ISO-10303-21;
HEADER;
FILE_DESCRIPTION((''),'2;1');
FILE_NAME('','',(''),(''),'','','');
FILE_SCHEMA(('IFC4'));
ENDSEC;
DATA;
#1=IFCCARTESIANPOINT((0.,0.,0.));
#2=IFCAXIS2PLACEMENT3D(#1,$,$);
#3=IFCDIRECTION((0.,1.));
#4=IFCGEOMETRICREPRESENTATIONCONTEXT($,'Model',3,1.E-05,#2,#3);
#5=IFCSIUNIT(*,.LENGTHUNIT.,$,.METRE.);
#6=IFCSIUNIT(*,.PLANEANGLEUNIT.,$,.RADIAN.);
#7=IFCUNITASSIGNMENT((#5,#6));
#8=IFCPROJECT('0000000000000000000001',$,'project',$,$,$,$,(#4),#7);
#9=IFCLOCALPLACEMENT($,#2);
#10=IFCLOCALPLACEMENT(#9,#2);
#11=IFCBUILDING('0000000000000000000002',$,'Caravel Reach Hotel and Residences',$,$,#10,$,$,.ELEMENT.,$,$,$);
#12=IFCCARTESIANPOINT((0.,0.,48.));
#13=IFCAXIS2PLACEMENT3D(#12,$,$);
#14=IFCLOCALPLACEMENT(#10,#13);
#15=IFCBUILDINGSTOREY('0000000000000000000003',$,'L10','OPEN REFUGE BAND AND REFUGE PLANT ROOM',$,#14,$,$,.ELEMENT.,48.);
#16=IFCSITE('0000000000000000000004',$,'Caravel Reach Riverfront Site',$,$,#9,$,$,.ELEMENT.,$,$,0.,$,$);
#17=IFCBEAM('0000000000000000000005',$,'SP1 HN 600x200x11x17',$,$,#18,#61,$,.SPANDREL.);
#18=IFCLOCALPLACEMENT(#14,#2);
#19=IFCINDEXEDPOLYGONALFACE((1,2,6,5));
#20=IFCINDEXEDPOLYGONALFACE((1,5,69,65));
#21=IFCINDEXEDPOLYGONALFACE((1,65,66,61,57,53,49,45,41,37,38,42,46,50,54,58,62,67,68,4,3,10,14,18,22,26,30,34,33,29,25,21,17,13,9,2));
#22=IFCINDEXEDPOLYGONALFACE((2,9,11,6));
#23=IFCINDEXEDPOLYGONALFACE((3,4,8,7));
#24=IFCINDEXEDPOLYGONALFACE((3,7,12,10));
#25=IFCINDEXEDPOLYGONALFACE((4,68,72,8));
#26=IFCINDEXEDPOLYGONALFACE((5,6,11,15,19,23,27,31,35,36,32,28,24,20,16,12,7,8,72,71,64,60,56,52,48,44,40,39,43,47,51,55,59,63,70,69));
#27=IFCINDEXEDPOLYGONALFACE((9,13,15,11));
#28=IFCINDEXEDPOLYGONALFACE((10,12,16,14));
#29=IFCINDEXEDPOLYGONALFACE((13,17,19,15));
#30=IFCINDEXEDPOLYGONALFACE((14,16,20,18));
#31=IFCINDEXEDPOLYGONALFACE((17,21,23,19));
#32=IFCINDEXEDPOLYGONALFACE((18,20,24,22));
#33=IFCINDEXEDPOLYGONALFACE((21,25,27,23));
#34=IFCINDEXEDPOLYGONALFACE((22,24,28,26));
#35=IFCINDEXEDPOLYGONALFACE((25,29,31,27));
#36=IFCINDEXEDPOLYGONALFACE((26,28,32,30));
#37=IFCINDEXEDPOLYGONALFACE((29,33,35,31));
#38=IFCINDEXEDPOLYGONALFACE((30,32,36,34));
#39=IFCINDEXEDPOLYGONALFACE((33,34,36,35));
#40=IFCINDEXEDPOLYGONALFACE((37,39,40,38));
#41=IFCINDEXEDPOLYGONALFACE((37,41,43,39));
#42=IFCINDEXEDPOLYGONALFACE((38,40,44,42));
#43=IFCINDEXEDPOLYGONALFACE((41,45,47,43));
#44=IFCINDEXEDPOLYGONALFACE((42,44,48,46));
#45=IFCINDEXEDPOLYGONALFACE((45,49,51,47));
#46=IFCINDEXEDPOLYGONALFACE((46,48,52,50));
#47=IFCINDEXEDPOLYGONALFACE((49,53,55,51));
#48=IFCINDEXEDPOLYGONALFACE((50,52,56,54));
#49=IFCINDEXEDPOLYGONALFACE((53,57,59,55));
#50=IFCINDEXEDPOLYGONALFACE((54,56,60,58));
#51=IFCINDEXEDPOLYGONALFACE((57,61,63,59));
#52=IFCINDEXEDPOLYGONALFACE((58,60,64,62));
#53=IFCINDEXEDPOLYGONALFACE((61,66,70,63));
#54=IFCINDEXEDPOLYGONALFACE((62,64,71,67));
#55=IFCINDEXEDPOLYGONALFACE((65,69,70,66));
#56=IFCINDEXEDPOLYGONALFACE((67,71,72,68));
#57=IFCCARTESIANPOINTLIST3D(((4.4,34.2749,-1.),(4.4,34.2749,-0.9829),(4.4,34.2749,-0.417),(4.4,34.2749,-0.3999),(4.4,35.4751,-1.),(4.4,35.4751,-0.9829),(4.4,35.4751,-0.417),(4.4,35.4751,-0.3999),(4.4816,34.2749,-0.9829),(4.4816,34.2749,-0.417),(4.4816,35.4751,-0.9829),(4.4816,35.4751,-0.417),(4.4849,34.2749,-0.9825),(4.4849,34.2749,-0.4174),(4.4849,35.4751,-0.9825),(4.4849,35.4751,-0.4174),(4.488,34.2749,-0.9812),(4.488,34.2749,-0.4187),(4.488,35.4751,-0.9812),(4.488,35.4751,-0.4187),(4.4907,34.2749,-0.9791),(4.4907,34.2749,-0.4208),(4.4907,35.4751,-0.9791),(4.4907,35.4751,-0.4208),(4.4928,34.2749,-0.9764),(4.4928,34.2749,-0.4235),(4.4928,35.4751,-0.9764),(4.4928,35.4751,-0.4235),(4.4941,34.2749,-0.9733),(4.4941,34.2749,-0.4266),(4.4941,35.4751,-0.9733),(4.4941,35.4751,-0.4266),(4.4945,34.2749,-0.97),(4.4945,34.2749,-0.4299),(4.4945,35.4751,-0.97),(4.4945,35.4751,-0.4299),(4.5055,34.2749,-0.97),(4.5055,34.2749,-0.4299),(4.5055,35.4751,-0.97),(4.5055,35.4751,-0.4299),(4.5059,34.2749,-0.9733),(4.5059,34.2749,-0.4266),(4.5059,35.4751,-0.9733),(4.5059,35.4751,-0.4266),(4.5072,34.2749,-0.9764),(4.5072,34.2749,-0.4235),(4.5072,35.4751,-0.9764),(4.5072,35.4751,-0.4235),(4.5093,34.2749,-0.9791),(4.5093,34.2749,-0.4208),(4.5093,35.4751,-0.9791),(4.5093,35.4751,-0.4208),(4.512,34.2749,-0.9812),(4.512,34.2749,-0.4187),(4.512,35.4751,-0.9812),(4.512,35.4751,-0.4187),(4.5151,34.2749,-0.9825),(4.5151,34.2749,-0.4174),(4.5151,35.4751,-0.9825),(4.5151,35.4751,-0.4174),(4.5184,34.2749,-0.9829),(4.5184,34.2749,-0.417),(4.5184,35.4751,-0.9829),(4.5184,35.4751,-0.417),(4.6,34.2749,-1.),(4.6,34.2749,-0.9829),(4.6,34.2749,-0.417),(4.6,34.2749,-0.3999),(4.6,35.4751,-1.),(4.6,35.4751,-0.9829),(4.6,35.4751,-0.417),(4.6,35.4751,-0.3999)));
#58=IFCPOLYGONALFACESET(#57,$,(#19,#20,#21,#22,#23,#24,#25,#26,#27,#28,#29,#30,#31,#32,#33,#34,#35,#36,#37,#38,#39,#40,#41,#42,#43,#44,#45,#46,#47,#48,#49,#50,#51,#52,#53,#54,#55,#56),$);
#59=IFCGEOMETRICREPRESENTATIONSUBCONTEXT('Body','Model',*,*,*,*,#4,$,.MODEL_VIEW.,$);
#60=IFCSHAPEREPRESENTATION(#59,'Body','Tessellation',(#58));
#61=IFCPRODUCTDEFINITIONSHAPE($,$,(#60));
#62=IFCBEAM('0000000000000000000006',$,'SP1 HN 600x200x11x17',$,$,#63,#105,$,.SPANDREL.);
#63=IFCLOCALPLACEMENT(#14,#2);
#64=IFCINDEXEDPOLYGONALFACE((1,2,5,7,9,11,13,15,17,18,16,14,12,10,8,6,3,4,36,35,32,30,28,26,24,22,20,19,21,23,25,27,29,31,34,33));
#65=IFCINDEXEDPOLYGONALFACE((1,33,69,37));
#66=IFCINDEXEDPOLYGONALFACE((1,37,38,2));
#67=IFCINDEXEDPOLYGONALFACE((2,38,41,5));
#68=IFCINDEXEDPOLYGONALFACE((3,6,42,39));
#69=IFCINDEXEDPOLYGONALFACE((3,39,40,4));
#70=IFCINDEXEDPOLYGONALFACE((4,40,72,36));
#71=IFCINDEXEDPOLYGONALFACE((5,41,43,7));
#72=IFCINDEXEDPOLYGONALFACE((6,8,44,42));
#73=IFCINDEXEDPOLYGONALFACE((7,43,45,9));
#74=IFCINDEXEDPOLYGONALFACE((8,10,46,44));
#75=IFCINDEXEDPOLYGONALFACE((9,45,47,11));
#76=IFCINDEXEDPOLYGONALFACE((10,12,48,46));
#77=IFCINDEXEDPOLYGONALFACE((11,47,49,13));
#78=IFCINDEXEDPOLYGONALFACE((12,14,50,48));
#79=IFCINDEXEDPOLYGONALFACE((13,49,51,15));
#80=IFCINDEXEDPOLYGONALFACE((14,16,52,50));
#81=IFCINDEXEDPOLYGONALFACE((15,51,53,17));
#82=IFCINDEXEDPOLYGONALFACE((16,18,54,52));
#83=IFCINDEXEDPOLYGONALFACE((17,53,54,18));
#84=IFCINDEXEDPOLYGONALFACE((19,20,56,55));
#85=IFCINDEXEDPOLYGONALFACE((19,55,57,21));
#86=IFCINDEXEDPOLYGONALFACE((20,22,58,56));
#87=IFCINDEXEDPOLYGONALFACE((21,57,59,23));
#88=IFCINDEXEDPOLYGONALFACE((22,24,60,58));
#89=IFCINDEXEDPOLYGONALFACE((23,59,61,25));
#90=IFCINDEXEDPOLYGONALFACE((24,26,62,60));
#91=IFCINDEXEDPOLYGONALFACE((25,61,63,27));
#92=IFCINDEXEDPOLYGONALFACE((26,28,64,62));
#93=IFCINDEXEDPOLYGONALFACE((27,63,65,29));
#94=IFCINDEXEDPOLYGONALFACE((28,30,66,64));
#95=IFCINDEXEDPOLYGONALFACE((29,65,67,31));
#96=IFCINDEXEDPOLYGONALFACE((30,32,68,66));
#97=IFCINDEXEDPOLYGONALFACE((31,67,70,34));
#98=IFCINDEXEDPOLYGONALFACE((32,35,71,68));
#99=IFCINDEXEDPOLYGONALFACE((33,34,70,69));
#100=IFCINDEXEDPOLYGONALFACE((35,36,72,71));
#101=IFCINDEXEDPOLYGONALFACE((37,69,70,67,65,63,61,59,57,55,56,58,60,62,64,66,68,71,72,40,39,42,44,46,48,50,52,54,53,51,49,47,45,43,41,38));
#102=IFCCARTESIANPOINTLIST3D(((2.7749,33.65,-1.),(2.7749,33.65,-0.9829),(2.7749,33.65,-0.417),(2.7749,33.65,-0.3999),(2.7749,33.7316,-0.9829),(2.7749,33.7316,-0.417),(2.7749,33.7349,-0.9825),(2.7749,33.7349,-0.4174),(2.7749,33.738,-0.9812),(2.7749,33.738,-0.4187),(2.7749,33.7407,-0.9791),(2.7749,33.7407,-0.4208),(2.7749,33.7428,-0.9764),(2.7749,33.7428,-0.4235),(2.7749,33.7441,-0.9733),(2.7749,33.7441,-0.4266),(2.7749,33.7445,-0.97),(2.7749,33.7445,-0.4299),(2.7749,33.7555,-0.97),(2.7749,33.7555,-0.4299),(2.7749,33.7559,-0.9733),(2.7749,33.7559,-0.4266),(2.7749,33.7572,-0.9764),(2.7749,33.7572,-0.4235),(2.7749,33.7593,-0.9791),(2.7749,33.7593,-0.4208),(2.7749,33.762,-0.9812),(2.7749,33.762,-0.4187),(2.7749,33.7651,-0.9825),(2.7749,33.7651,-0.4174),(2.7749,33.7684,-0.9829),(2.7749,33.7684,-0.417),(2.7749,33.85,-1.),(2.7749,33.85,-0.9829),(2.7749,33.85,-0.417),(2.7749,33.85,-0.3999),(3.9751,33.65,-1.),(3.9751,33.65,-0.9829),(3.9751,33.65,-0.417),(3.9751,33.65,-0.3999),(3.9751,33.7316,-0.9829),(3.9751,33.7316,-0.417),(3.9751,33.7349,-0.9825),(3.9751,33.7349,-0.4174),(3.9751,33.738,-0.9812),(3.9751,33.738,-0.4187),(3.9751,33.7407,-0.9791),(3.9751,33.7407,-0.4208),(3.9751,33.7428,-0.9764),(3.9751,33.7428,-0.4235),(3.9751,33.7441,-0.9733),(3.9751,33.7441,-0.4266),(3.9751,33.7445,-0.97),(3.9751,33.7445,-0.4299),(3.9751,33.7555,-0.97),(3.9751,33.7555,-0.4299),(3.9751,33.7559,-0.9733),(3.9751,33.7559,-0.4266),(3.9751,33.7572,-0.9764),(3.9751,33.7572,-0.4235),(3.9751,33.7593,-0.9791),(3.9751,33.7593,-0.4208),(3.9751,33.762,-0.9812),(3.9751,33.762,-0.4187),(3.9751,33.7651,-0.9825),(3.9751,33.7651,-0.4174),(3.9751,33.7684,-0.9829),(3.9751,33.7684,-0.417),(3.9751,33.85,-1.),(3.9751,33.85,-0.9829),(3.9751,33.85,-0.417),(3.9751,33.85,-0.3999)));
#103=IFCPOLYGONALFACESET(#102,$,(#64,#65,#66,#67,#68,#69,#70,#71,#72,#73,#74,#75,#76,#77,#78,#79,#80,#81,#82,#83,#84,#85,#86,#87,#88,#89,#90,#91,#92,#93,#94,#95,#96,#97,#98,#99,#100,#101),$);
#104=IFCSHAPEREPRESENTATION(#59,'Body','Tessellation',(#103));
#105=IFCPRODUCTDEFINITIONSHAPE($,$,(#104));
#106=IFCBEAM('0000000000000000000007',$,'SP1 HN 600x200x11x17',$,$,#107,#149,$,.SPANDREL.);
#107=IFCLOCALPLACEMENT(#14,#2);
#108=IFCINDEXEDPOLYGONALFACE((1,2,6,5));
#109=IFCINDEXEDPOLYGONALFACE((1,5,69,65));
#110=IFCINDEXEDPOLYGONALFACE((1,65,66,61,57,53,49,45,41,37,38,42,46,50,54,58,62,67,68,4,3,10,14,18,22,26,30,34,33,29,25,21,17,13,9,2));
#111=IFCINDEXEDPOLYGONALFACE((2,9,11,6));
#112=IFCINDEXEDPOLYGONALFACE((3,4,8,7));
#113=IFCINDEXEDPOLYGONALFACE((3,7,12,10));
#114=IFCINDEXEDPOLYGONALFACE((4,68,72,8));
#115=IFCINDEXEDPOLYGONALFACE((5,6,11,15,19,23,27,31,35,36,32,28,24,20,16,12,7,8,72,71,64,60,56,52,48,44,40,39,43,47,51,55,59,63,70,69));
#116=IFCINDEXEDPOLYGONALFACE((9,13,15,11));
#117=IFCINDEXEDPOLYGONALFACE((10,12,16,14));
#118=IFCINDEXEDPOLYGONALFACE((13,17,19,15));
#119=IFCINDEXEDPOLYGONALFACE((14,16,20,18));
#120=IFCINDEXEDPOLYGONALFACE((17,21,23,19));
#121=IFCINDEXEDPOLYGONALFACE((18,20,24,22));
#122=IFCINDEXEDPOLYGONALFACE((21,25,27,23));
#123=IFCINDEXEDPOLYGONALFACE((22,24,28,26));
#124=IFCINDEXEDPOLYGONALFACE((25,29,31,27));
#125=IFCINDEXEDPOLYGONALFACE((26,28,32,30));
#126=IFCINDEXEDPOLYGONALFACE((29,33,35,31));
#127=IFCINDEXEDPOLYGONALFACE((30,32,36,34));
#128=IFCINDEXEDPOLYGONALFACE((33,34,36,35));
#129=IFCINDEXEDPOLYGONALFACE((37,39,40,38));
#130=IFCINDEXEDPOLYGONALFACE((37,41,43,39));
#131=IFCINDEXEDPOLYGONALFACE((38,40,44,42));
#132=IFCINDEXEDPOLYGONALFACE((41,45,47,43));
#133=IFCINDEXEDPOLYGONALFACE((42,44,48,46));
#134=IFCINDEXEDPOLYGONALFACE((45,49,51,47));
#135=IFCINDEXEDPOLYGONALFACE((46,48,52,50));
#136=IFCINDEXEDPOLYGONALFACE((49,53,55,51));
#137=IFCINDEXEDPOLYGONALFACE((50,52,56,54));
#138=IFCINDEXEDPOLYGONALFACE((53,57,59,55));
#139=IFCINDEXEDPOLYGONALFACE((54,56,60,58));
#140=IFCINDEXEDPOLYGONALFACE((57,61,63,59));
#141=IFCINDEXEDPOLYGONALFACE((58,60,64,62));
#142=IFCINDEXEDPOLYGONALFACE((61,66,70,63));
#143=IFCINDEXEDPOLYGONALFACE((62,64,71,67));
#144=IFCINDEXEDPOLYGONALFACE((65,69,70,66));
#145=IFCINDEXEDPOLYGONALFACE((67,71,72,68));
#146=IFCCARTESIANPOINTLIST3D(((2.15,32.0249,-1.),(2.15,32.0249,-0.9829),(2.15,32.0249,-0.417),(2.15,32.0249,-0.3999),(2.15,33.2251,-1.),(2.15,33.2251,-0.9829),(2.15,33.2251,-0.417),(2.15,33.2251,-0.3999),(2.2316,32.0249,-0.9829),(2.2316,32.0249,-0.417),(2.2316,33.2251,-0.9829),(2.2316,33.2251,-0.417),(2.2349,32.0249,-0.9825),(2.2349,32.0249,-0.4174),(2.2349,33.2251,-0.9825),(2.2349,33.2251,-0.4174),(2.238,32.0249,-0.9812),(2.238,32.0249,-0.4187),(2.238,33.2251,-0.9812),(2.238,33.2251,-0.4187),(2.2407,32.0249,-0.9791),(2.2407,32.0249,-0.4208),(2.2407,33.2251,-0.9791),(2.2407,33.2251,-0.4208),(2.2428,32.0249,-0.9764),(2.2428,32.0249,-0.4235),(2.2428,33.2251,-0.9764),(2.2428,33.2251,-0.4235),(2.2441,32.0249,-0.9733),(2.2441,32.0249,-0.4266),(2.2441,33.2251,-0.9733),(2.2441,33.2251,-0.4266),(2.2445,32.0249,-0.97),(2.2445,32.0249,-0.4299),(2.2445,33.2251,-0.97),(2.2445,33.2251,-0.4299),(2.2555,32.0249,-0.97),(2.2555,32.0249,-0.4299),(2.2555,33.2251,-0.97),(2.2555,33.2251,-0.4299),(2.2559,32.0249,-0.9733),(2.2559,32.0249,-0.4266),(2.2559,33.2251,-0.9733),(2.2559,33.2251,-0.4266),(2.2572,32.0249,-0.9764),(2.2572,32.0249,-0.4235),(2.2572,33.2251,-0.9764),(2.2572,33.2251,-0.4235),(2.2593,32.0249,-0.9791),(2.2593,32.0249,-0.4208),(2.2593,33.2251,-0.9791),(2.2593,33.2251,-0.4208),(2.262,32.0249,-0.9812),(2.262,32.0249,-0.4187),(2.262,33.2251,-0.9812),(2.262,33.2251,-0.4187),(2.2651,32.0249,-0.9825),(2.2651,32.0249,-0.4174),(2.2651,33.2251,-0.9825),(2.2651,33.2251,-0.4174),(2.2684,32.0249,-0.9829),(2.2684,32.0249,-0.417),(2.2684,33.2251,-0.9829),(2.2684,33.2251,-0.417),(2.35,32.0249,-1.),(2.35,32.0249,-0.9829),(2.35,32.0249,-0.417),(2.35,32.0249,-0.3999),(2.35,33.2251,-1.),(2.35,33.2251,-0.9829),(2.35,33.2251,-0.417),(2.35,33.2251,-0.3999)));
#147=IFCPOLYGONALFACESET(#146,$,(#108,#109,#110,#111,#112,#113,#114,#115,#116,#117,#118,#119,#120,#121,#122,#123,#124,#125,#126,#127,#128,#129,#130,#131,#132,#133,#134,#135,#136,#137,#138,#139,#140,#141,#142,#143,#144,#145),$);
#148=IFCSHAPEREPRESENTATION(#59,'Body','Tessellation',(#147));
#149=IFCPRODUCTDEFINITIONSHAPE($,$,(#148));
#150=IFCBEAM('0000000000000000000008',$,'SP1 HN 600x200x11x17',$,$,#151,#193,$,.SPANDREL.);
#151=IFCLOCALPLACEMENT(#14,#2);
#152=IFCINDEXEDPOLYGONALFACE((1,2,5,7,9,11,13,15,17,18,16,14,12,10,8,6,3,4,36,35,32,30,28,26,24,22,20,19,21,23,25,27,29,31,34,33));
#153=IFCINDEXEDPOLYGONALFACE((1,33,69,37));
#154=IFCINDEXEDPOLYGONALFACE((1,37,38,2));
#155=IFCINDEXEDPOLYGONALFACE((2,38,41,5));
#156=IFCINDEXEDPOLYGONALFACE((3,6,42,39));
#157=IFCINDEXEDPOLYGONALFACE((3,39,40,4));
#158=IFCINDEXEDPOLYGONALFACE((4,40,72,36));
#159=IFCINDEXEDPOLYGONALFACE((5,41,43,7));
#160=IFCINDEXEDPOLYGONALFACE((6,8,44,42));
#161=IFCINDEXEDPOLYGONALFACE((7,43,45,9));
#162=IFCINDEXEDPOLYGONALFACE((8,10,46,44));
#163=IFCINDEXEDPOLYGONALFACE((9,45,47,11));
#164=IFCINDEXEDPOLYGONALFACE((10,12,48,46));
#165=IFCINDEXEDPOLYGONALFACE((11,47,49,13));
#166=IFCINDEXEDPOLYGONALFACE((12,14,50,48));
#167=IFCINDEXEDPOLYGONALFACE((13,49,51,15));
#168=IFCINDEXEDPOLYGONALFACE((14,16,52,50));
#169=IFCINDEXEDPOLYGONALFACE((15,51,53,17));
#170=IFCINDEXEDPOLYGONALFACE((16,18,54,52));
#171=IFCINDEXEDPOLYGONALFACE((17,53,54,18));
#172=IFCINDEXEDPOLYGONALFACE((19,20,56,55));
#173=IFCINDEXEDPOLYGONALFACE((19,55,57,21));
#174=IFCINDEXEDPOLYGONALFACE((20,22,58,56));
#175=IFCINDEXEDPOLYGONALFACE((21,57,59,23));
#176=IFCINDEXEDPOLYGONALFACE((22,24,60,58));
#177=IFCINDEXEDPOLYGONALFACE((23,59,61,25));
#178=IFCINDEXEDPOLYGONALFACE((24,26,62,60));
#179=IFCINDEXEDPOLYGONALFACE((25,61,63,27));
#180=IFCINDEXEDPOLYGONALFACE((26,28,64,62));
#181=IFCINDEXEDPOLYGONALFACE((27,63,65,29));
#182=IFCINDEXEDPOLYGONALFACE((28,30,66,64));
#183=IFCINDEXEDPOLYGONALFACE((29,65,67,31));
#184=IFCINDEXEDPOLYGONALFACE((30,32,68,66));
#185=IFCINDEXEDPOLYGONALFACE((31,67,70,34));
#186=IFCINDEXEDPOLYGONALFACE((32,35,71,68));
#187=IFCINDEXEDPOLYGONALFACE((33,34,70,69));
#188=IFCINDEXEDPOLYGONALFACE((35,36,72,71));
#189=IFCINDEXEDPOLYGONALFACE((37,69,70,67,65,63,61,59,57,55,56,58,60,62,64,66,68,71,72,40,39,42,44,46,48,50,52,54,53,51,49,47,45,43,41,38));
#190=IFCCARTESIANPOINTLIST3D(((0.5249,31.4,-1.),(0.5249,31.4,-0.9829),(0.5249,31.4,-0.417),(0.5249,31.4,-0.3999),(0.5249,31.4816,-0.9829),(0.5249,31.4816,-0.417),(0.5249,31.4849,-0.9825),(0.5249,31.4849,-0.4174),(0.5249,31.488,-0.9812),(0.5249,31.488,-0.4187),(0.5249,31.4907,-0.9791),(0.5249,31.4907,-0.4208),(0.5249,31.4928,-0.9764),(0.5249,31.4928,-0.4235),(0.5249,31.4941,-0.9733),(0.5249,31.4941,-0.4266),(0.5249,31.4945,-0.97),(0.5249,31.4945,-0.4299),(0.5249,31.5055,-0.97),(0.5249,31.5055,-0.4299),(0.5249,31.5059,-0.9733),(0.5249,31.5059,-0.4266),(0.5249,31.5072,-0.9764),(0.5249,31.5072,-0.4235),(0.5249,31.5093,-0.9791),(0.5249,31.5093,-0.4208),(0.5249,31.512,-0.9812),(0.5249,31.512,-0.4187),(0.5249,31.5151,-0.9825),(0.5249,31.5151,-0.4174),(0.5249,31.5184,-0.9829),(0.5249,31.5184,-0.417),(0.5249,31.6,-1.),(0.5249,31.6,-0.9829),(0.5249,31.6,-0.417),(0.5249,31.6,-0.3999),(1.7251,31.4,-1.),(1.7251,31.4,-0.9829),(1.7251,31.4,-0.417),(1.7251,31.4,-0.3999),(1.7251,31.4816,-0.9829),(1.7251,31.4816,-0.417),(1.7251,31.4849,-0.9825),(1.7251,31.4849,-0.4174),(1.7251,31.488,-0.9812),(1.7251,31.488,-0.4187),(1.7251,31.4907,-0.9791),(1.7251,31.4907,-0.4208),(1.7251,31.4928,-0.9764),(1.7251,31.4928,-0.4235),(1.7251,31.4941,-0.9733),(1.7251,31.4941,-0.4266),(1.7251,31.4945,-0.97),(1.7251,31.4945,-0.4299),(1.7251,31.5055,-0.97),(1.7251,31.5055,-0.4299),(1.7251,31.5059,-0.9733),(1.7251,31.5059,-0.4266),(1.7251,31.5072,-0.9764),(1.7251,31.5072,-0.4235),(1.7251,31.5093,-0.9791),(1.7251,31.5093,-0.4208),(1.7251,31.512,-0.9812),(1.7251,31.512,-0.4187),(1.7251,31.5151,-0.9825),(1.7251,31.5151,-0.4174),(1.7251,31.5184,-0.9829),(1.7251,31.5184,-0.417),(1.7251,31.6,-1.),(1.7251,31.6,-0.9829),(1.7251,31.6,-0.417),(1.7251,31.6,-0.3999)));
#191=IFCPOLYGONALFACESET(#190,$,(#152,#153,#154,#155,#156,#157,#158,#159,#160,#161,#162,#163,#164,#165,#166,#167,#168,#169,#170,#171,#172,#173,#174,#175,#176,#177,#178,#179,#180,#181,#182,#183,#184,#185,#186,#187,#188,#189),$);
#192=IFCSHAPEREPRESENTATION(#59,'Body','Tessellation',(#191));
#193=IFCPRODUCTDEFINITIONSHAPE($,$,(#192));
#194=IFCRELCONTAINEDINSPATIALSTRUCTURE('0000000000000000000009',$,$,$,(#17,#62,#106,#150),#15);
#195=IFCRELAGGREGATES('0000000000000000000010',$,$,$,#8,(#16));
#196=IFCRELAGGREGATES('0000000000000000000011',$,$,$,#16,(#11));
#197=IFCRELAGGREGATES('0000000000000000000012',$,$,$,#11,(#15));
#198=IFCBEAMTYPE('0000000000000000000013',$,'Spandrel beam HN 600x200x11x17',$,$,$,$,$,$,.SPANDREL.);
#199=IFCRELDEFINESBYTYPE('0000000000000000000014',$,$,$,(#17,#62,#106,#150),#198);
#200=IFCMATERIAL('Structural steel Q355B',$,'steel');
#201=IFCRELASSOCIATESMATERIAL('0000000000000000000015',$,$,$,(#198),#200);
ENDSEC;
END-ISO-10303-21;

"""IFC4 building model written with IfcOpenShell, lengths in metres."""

from ifc_helpers import new_model, si_unit, direction, frame, origin, origin_2d, place, context, subcontext, project, spatial, i_section, extrude, material, material_profile, profile_set, type_object, element, save


model = new_model("IFC4")

# Units and contexts
model_context = context("Model", 3, precision=1e-05, world=origin(), true_north=direction((0.0, 1.0)))
body_context = subcontext(model_context, "Body", "Model", "MODEL_VIEW")
ifc_project = project(units=[si_unit("LENGTHUNIT", "METRE"), si_unit("PLANEANGLEUNIT", "RADIAN")], contexts=[model_context])

# Site, building, storey
site_placement = place(None, origin())
site = spatial("IfcSite", under=ifc_project, at=site_placement, Name="Caravel Reach Riverfront Site", CompositionType="ELEMENT", RefElevation=0.0)
building_placement = place(site_placement, origin())
building = spatial("IfcBuilding", under=site, at=building_placement, Name="Caravel Reach Hotel and Residences", CompositionType="ELEMENT")
storey_placement = place(building_placement, frame((0.0, 0.0, 48.0)))
storey = spatial("IfcBuildingStorey", under=building, at=storey_placement, Name="L10", Description="OPEN REFUGE BAND AND REFUGE PLANT ROOM", CompositionType="ELEMENT", Elevation=48.0)

# Beams
ifc_material_1 = material(Name="Structural steel Q355B", Category="steel")
ifc_material_profile_1 = material_profile(ifc_material_1, i_section(OverallWidth=0.2, OverallDepth=0.6001, WebThickness=0.011, FlangeThickness=0.0171, FilletRadius=0.0129, at=origin_2d()), Name="HN 600x200x11x17")
ifc_profile_set_1 = profile_set([ifc_material_profile_1], Name="Structural steel Q355B")
beam_type_1 = type_object("IfcBeamType", Name="Spandrel beam HN 600x200x11x17", PredefinedType="SPANDREL", material=ifc_profile_set_1)
for number, where, z_axis, x_axis, name in (
    (1, (4.5, 35.4751, -0.7), (0.0, -1.0, 0.0), (1.0, 0.0, 0.0), "SP1 HN 600x200x11x17"),
    (2, (3.9751, 33.75, -0.7), (-1.0, 0.0, 0.0), (0.0, -1.0, 0.0), "SP1 HN 600x200x11x17"),
    (3, (2.25, 33.2251, -0.7), (0.0, -1.0, 0.0), (1.0, 0.0, 0.0), "SP1 HN 600x200x11x17"),
    (4, (1.7251, 31.5, -0.7), (-1.0, 0.0, 0.0), (0.0, -1.0, 0.0), "SP1 HN 600x200x11x17"),
):
    element("IfcBeam", number, at=place(storey_placement, frame(where, z_axis=z_axis, x_axis=x_axis)), inside=storey, type_object=beam_type_1, Name=name, PredefinedType="SPANDREL", context=body_context, shape_type="SweptSolid", body=[
        extrude(i_section(OverallWidth=0.2, OverallDepth=0.6001, WebThickness=0.011, FlangeThickness=0.0171, FilletRadius=0.0129, at=origin_2d()), origin(), (0.0, 0.0, 1.0), 1.2002),
    ])

save(model, "model.ifc")
